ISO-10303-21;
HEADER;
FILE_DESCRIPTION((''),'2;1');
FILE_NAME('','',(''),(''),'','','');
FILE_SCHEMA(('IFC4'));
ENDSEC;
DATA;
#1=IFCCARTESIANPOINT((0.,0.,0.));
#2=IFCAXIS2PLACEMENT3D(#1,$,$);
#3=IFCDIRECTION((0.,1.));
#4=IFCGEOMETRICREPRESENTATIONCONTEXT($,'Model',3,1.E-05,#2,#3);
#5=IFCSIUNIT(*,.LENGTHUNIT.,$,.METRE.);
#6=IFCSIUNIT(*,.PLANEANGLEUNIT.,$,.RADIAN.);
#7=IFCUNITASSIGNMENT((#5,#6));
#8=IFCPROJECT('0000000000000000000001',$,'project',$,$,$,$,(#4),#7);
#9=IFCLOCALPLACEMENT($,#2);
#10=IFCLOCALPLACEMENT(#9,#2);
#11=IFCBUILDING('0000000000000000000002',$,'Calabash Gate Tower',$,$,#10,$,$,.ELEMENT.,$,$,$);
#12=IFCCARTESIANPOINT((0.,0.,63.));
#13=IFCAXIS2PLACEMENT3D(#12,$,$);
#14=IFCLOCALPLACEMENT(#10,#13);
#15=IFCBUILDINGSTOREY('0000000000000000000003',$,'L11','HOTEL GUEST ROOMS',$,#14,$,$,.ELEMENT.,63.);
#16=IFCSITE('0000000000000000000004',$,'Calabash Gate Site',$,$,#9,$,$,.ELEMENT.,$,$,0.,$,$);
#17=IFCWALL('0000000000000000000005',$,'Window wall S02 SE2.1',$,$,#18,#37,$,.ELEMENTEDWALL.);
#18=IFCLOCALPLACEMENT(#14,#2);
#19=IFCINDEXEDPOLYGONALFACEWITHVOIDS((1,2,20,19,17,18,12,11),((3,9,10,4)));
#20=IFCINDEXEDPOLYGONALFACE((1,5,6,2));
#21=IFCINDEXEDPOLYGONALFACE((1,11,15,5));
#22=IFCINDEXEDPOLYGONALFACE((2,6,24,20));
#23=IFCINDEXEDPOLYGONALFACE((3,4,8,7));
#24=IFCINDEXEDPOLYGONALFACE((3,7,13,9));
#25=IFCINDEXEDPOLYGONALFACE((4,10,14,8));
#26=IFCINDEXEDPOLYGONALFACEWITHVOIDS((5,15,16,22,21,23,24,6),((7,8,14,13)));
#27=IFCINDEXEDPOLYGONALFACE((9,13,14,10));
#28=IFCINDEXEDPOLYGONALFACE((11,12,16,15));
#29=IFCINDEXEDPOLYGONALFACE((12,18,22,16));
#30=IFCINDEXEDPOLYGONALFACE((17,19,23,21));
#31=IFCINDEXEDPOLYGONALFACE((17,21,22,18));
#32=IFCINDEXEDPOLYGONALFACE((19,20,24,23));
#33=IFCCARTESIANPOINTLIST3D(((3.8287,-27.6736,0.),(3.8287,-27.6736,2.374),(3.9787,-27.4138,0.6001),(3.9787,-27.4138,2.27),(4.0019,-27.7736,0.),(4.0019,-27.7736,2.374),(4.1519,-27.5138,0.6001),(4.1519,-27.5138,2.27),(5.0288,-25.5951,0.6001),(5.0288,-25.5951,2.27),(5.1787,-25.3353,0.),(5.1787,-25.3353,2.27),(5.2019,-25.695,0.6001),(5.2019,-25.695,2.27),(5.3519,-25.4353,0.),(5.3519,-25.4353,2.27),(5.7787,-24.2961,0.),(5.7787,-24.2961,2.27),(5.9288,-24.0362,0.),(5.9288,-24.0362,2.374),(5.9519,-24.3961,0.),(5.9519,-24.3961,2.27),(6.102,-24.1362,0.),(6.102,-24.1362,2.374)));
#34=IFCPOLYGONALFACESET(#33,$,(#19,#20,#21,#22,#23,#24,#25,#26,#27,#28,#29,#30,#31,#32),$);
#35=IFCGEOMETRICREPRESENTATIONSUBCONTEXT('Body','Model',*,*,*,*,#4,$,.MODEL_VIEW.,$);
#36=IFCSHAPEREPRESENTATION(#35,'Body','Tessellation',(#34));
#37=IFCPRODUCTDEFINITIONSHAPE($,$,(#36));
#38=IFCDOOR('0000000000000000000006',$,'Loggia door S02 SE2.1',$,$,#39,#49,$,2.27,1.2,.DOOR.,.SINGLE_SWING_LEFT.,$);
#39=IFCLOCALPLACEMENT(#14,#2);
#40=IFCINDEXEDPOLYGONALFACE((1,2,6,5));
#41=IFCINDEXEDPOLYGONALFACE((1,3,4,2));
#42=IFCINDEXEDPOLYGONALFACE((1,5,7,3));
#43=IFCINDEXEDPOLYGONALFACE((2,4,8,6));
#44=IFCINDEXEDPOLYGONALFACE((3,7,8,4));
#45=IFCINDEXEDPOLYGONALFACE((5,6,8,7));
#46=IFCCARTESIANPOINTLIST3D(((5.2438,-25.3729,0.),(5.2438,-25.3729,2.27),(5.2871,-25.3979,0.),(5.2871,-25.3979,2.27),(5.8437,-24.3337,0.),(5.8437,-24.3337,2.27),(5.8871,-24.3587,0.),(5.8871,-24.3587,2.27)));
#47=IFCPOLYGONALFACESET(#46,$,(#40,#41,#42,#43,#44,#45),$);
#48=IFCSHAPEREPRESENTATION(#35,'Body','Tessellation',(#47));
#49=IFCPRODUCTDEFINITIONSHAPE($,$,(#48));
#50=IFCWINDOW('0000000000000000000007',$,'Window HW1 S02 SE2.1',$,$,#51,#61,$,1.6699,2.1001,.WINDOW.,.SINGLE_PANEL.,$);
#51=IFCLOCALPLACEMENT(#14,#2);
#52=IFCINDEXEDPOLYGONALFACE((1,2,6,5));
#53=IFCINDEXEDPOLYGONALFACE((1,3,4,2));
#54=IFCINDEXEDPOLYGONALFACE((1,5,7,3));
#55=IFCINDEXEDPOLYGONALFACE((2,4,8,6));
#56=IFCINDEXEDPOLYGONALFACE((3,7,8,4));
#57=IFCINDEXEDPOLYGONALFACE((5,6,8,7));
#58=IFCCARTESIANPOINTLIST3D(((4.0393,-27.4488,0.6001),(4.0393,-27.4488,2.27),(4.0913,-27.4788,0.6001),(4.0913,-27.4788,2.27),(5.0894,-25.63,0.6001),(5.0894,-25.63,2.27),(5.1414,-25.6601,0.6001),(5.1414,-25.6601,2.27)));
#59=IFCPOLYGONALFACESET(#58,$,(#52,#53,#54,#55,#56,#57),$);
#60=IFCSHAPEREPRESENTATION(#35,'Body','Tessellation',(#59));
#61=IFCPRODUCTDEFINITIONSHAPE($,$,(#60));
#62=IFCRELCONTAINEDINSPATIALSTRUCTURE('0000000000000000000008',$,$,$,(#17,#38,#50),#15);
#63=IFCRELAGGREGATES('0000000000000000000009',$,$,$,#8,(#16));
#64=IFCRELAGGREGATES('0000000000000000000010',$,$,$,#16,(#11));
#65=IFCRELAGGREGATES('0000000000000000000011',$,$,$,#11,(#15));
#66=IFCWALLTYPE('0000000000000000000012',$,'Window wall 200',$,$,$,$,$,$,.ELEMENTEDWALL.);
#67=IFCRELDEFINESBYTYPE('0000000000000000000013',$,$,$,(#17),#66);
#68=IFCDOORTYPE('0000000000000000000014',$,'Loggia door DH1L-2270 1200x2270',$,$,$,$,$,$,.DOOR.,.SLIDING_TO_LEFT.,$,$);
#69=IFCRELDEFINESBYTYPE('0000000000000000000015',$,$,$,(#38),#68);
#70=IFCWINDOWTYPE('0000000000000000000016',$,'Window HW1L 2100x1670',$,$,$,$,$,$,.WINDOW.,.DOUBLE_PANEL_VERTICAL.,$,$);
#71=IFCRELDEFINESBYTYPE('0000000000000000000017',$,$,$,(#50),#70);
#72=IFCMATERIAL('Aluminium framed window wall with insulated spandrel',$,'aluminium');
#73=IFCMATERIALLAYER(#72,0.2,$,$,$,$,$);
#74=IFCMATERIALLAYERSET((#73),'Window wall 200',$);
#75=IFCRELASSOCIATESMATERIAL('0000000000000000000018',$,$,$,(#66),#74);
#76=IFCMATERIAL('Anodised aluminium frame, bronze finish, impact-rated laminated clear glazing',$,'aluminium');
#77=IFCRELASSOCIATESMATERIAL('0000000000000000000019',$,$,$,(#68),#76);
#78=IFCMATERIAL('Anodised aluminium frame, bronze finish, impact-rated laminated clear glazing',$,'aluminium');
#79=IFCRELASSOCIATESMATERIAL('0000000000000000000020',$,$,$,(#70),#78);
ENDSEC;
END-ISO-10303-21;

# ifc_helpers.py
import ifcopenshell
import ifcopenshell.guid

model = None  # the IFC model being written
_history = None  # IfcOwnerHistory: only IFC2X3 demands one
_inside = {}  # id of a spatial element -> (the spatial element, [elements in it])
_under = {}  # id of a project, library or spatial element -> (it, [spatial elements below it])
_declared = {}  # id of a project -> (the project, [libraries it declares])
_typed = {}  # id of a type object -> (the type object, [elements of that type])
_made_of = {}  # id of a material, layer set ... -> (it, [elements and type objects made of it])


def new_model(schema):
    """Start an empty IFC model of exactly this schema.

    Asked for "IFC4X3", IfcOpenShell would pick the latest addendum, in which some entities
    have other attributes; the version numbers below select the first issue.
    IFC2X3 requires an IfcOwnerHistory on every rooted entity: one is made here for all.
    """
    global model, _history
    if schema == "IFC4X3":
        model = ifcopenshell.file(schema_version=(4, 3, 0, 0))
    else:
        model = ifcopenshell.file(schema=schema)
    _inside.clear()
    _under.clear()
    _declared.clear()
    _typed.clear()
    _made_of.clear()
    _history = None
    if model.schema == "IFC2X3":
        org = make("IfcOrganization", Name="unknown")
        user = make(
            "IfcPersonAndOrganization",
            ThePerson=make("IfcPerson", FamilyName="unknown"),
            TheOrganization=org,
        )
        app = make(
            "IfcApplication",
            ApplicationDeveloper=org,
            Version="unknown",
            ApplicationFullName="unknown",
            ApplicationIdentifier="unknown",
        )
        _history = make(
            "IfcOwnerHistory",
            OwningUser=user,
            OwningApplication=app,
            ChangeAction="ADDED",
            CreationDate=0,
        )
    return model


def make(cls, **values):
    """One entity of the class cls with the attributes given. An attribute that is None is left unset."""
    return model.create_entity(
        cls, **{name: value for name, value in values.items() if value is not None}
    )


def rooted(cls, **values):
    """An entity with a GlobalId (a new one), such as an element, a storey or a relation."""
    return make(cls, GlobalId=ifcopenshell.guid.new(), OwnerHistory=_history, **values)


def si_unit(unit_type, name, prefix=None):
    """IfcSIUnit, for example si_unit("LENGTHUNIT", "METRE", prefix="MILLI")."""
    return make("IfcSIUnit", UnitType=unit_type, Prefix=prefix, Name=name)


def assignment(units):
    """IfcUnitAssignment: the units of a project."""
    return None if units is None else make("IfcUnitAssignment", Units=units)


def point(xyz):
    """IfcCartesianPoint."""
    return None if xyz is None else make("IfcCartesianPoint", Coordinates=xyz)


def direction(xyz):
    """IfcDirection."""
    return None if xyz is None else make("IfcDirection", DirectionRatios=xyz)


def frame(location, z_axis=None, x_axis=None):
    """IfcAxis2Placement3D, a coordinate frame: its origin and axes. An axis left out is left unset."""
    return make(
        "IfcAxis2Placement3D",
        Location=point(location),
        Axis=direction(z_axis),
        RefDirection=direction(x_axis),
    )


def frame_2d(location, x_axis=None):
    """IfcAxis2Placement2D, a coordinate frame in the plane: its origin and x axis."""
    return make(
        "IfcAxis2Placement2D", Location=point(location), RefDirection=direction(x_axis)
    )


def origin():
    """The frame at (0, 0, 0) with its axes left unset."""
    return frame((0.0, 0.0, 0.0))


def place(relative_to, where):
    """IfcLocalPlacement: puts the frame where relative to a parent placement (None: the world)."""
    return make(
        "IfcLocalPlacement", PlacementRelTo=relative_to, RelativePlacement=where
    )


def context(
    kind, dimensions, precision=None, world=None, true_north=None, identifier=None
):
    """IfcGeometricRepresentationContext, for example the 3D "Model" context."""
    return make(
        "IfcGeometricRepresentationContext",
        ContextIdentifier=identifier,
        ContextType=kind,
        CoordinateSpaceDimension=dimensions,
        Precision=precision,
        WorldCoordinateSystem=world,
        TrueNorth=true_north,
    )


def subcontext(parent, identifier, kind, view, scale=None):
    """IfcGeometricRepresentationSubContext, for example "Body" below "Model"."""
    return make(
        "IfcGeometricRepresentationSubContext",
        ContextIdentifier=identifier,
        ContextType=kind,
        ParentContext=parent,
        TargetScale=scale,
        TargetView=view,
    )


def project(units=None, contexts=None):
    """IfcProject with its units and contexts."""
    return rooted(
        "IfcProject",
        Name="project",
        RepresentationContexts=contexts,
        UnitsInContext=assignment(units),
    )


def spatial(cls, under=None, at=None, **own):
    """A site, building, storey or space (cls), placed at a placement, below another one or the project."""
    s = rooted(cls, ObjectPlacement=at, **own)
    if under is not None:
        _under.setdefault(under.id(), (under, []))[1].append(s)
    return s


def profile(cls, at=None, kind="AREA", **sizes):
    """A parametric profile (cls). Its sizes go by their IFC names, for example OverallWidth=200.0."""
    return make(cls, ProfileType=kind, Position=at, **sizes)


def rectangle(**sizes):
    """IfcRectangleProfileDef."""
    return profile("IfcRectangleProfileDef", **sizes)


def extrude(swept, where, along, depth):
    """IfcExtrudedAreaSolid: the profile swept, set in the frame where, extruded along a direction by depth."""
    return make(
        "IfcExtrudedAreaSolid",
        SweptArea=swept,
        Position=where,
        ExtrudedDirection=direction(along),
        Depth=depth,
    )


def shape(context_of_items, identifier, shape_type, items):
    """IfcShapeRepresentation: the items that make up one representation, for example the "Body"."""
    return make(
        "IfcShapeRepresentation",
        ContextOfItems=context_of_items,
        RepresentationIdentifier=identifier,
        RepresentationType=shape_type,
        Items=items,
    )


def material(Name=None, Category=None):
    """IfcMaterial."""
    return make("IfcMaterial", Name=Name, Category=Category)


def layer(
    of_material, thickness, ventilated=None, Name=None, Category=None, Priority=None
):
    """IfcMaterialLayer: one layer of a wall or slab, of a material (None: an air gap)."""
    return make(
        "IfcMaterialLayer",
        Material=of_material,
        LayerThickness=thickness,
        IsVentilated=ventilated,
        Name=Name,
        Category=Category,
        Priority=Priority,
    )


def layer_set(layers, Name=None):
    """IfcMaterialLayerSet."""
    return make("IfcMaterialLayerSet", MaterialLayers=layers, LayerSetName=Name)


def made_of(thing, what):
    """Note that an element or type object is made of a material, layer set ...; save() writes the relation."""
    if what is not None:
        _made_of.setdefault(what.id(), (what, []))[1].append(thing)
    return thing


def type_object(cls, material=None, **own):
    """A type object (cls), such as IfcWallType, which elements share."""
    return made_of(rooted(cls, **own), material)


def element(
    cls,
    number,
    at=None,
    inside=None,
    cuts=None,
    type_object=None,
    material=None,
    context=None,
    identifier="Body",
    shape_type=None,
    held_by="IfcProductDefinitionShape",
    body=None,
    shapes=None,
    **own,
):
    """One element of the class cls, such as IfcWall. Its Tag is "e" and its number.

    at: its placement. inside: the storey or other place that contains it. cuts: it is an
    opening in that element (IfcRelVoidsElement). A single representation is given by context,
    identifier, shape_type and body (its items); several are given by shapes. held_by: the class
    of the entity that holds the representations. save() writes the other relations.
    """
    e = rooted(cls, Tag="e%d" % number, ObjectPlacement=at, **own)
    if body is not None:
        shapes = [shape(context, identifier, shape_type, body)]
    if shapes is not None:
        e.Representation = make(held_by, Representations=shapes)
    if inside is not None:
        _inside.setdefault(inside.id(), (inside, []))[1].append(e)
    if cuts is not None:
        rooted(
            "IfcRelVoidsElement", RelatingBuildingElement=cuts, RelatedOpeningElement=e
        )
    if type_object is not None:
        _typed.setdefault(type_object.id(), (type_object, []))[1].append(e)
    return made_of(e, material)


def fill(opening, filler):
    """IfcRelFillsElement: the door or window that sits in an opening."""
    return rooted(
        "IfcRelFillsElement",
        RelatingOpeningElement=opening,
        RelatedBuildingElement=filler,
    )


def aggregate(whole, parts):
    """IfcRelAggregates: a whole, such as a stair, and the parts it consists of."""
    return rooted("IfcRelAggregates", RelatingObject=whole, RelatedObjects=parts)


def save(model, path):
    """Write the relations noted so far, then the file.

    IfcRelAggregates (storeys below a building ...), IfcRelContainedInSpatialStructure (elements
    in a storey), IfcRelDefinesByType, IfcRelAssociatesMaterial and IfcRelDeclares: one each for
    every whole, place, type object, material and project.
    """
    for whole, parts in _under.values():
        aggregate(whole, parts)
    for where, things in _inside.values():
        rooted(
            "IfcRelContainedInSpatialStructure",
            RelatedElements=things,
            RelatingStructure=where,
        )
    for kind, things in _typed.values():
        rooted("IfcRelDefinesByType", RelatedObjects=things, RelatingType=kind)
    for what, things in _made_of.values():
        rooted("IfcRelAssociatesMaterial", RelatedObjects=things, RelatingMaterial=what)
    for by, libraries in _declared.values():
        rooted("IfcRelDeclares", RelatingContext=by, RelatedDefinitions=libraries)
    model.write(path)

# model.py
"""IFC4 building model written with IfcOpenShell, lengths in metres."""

from ifc_helpers import new_model, si_unit, direction, frame, frame_2d, origin, place, context, subcontext, project, spatial, rectangle, extrude, material, layer, layer_set, type_object, element, fill, save


model = new_model("IFC4")

# Units and contexts
model_context = context("Model", 3, precision=1e-05, world=origin(), true_north=direction((0.0, 1.0)))
body_context = subcontext(model_context, "Body", "Model", "MODEL_VIEW")
ifc_project = project(units=[si_unit("LENGTHUNIT", "METRE"), si_unit("PLANEANGLEUNIT", "RADIAN")], contexts=[model_context])

# Site, building, storey
site_placement = place(None, origin())
site = spatial("IfcSite", under=ifc_project, at=site_placement, Name="Calabash Gate Site", CompositionType="ELEMENT", RefElevation=0.0)
building_placement = place(site_placement, origin())
building = spatial("IfcBuilding", under=site, at=building_placement, Name="Calabash Gate Tower", CompositionType="ELEMENT")
storey_placement = place(building_placement, frame((0.0, 0.0, 63.0)))
storey = spatial("IfcBuildingStorey", under=building, at=storey_placement, Name="L11", Description="HOTEL GUEST ROOMS", CompositionType="ELEMENT", Elevation=63.0)

# Wall, openings, door, window
ifc_material_1 = material(Name="Aluminium framed window wall with insulated spandrel", Category="aluminium")
ifc_layer_1 = layer(ifc_material_1, 0.2)
ifc_layer_set_1 = layer_set([ifc_layer_1], Name="Window wall 200")
wall_type_1 = type_object("IfcWallType", Name="Window wall 200", PredefinedType="ELEMENTEDWALL", material=ifc_layer_set_1)
wall_1_placement = place(storey_placement, frame((3.9153, -27.7236, 0.0), z_axis=(0.0, 0.0, 1.0), x_axis=(0.500003, 0.866024, 0.0)))
wall_1 = element("IfcWall", 1, at=wall_1_placement, inside=storey, type_object=wall_type_1, Name="Window wall S02 SE2.1", PredefinedType="ELEMENTEDWALL", context=body_context, shape_type="SweptSolid", body=[
    extrude(rectangle(XDim=4.2002, YDim=0.2, at=frame_2d((2.1001, 0.0))), origin(), (0.0, 0.0, 1.0), 2.374),
])
opening_1_placement = place(wall_1_placement, frame((0.3, 0.0, 0.6001)))
opening_1 = element("IfcOpeningElement", 2, at=opening_1_placement, cuts=wall_1, PredefinedType="OPENING", context=body_context, shape_type="SweptSolid", body=[
    extrude(rectangle(XDim=2.1001, YDim=1.6699, at=frame_2d((1.05, 0.835))), frame((0.0, 0.1099, 0.0), z_axis=(0.0, -1.0, 0.0), x_axis=(1.0, 0.0, 0.0)), (0.0, 0.0, 1.0), 0.22),
])
opening_2_placement = place(wall_1_placement, frame((2.7, 0.0, 0.0)))
opening_2 = element("IfcOpeningElement", 3, at=opening_2_placement, cuts=wall_1, PredefinedType="OPENING", context=body_context, shape_type="SweptSolid", body=[
    extrude(rectangle(XDim=1.2, YDim=2.27, at=frame_2d((0.6001, 1.135))), frame((0.0, 0.1099, 0.0), z_axis=(0.0, -1.0, 0.0), x_axis=(1.0, 0.0, 0.0)), (0.0, 0.0, 1.0), 0.22),
])
ifc_material_2 = material(Name="Anodised aluminium frame, bronze finish, impact-rated laminated clear glazing", Category="aluminium")
door_type_1 = type_object("IfcDoorType", Name="Loggia door DH1L-2270 1200x2270", OperationType="SLIDING_TO_LEFT", PredefinedType="DOOR", material=ifc_material_2)
door_1_placement = place(opening_2_placement, origin())
door_1 = element("IfcDoor", 4, at=door_1_placement, inside=storey, type_object=door_type_1, Name="Loggia door S02 SE2.1", OperationType="SINGLE_SWING_LEFT", OverallHeight=2.27, OverallWidth=1.2, PredefinedType="DOOR", context=body_context, shape_type="SweptSolid", body=[
    extrude(rectangle(XDim=1.2, YDim=2.27, at=frame_2d((0.6001, 1.135))), frame((0.0, 0.0249, 0.0), z_axis=(0.0, -1.0, 0.0), x_axis=(1.0, 0.0, 0.0)), (0.0, 0.0, 1.0), 0.05),
])
fill(opening_2, door_1)
ifc_material_3 = material(Name="Anodised aluminium frame, bronze finish, impact-rated laminated clear glazing", Category="aluminium")
window_type_1 = type_object("IfcWindowType", Name="Window HW1L 2100x1670", PartitioningType="DOUBLE_PANEL_VERTICAL", PredefinedType="WINDOW", material=ifc_material_3)
window_1_placement = place(opening_1_placement, origin())
window_1 = element("IfcWindow", 5, at=window_1_placement, inside=storey, type_object=window_type_1, Name="Window HW1 S02 SE2.1", OverallHeight=1.6699, OverallWidth=2.1001, PartitioningType="SINGLE_PANEL", PredefinedType="WINDOW", context=body_context, shape_type="SweptSolid", body=[
    extrude(rectangle(XDim=2.1001, YDim=1.6699, at=frame_2d((1.05, 0.835))), frame((0.0, 0.03, 0.0), z_axis=(0.0, -1.0, 0.0), x_axis=(1.0, 0.0, 0.0)), (0.0, 0.0, 1.0), 0.0601),
])
fill(opening_1, window_1)

save(model, "model.ifc")
